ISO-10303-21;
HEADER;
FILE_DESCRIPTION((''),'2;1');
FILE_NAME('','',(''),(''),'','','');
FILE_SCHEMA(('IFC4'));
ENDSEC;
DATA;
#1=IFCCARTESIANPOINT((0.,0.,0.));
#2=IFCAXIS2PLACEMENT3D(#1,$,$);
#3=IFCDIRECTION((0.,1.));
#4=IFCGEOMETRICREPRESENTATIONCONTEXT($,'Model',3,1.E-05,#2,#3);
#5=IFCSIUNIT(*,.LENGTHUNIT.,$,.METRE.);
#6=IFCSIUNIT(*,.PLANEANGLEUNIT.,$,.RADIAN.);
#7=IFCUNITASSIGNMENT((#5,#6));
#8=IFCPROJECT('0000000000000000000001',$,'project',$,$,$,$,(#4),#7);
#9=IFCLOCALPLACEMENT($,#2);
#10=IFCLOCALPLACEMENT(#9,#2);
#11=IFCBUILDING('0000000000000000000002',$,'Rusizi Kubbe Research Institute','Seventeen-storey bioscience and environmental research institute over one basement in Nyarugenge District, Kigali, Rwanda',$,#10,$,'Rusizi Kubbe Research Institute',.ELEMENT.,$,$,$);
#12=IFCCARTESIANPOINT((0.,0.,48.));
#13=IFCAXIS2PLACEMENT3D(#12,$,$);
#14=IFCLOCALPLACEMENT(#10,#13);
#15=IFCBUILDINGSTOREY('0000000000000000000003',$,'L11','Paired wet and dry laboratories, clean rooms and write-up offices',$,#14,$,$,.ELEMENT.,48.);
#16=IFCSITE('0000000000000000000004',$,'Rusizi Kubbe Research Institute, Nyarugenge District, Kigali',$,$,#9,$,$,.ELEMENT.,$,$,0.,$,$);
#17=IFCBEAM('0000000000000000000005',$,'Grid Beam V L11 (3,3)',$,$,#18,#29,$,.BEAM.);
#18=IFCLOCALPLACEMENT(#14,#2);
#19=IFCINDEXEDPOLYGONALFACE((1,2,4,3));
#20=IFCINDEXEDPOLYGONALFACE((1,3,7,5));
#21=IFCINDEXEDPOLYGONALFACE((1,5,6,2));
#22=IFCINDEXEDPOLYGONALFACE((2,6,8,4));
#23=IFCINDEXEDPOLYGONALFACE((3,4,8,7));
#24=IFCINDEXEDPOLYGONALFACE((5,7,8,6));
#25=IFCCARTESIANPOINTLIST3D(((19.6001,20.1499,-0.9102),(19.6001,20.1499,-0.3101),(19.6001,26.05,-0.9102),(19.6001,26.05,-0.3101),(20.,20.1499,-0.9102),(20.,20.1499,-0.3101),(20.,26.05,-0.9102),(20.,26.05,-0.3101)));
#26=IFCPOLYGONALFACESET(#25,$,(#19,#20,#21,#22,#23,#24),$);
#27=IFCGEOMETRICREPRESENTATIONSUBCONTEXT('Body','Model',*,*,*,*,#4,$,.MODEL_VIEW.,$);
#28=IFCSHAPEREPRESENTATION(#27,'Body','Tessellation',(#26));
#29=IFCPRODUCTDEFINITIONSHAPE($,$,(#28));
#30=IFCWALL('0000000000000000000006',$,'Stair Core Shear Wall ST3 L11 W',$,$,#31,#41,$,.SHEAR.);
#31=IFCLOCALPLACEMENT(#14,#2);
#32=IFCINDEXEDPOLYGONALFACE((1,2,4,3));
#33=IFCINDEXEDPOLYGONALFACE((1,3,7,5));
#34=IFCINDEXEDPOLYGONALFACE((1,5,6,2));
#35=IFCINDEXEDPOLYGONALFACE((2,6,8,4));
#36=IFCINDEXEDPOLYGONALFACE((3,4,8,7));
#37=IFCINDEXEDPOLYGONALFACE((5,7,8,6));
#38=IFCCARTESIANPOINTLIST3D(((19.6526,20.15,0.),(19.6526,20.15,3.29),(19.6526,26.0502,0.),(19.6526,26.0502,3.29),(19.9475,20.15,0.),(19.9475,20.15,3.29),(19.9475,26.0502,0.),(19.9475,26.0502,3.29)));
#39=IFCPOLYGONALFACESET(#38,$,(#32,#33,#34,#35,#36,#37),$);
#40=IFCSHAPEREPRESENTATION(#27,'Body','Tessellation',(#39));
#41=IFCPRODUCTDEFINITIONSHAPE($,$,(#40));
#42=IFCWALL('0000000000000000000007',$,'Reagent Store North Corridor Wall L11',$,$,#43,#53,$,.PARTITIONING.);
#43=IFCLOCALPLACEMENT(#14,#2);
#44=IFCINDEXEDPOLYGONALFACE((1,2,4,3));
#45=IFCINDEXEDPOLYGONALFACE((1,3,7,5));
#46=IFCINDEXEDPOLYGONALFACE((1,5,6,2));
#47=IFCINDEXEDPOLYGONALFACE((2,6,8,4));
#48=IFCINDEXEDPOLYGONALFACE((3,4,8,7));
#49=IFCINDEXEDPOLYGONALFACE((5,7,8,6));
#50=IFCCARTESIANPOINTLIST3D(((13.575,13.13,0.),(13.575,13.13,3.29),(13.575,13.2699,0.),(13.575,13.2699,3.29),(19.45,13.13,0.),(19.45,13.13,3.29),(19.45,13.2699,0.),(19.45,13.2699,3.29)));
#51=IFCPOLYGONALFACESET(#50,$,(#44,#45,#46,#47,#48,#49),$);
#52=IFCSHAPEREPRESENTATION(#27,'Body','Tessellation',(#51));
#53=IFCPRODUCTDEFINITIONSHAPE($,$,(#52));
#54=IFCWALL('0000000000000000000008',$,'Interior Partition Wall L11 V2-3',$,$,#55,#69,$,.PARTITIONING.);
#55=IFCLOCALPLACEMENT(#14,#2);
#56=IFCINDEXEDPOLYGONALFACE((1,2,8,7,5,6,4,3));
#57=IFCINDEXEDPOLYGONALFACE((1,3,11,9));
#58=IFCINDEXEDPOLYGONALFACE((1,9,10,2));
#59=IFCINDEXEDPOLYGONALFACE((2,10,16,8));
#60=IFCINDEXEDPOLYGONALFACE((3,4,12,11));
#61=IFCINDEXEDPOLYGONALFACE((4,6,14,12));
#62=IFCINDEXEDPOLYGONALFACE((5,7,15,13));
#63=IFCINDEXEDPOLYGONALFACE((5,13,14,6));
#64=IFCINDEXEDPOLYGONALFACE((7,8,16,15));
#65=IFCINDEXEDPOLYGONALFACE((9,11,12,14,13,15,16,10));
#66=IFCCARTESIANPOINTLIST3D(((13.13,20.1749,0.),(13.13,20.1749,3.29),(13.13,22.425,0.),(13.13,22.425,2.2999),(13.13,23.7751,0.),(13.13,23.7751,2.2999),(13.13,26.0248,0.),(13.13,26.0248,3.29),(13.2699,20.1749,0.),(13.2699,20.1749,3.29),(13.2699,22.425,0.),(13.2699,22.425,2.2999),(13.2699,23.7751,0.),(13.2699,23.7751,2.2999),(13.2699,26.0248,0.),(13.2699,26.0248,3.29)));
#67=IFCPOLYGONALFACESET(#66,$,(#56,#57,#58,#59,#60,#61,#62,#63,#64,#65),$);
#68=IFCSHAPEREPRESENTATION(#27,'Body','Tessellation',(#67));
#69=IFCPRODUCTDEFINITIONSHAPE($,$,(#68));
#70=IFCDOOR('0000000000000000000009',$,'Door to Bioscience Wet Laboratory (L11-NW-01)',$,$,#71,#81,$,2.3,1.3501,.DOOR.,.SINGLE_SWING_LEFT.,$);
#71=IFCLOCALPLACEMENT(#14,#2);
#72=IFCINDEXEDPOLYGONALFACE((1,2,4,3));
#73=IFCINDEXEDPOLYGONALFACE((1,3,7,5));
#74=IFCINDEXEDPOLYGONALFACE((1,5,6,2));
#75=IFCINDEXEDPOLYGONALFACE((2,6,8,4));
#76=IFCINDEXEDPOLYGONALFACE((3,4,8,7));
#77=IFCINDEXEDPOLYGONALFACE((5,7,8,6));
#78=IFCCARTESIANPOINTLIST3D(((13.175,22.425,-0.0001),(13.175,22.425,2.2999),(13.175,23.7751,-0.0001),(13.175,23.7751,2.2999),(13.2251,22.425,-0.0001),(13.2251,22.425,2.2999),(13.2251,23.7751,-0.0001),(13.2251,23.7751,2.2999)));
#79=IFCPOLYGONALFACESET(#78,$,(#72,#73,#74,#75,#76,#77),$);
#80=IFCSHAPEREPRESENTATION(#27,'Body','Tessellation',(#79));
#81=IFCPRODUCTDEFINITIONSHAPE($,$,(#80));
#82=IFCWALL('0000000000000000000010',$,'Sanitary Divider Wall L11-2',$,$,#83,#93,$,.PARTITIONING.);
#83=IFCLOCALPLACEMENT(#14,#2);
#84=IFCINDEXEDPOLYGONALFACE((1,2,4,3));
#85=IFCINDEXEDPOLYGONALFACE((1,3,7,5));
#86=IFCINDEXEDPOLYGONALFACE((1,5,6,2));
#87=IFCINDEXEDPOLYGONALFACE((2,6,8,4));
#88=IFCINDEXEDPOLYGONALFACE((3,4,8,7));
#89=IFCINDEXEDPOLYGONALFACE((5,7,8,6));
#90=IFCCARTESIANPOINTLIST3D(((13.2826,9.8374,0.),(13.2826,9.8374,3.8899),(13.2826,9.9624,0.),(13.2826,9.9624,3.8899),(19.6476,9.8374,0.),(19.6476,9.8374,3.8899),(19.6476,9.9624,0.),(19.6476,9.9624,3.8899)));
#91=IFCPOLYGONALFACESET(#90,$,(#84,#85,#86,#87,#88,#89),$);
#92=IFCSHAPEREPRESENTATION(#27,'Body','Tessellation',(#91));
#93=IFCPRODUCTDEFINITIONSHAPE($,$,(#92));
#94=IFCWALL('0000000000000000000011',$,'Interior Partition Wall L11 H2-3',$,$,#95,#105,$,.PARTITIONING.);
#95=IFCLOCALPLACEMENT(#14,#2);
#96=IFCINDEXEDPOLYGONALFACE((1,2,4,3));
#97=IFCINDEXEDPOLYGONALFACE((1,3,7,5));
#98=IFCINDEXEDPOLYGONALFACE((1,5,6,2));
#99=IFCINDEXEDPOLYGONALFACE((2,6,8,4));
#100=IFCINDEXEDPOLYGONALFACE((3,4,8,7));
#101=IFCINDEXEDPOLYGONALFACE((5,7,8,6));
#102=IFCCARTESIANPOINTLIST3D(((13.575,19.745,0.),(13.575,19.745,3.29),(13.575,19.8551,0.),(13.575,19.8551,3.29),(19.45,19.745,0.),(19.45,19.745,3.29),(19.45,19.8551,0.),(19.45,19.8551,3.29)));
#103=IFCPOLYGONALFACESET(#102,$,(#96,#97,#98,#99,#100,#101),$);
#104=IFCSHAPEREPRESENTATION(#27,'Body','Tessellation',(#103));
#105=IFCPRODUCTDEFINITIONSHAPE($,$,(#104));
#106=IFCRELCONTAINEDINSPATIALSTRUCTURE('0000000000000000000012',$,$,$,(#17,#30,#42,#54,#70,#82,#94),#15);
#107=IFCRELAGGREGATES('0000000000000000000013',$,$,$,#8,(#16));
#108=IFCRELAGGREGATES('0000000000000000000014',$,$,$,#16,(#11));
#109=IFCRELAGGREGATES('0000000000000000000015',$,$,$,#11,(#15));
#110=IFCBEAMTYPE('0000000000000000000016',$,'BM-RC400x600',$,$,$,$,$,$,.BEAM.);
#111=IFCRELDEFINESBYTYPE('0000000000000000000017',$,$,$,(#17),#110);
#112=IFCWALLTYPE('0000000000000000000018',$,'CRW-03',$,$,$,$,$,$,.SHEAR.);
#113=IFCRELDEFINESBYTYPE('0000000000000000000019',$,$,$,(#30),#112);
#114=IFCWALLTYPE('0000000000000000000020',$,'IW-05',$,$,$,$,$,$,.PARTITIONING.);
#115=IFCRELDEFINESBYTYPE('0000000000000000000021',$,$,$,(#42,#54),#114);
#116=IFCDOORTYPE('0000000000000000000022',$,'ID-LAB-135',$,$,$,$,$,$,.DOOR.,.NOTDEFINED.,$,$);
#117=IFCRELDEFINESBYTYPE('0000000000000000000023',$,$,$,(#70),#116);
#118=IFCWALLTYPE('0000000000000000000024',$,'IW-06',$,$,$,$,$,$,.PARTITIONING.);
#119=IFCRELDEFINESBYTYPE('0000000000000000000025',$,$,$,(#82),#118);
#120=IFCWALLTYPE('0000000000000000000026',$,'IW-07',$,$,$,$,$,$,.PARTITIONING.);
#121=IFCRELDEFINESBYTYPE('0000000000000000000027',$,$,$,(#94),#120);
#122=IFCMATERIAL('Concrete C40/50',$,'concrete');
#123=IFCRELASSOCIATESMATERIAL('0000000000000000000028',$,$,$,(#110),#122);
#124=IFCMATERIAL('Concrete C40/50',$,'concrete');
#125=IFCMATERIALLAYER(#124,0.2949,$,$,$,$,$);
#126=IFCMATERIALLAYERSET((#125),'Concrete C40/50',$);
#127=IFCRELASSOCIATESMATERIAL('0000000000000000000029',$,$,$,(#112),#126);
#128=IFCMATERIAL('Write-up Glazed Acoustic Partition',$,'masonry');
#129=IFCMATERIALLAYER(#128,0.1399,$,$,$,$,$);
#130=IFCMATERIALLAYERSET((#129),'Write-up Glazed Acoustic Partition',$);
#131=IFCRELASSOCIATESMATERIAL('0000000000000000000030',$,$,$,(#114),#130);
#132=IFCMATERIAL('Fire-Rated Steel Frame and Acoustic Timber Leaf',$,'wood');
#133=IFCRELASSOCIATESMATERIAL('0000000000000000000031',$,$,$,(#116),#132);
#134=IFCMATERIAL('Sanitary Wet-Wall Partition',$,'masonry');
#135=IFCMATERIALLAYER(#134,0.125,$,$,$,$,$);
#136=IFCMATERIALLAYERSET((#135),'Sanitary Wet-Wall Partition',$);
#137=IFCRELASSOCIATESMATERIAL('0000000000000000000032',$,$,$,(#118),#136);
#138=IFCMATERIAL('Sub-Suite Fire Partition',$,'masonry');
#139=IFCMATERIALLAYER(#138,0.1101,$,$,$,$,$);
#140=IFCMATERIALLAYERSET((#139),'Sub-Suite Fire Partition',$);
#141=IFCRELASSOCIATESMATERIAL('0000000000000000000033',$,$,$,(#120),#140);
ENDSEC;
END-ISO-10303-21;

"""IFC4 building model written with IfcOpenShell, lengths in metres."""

from ifc_helpers import new_model, si_unit, direction, frame, frame_2d, origin, origin_2d, place, context, subcontext, project, spatial, rectangle, extrude, material, layer, layer_set, material_profile, profile_set, type_object, element, fill, save


model = new_model("IFC4")

# Units and contexts
model_context = context("Model", 3, precision=1e-05, world=origin(), true_north=direction((0.0, 1.0)))
body_context = subcontext(model_context, "Body", "Model", "MODEL_VIEW")
ifc_project = project(units=[si_unit("LENGTHUNIT", "METRE"), si_unit("PLANEANGLEUNIT", "RADIAN")], contexts=[model_context])

# Site, building, storey
site_placement = place(None, origin())
site = spatial("IfcSite", under=ifc_project, at=site_placement, Name="Rusizi Kubbe Research Institute, Nyarugenge District, Kigali", CompositionType="ELEMENT", RefElevation=0.0)
building_placement = place(site_placement, origin())
building = spatial("IfcBuilding", under=site, at=building_placement, Name="Rusizi Kubbe Research Institute", Description="Seventeen-storey bioscience and environmental research institute over one basement in Nyarugenge District, Kigali, Rwanda", LongName="Rusizi Kubbe Research Institute", CompositionType="ELEMENT")
storey_placement = place(building_placement, frame((0.0, 0.0, 48.0)))
storey = spatial("IfcBuildingStorey", under=building, at=storey_placement, Name="L11", Description="Paired wet and dry laboratories, clean rooms and write-up offices", CompositionType="ELEMENT", Elevation=48.0)

# Beam
ifc_material_1 = material(Name="Concrete C40/50", Category="concrete")
ifc_material_profile_1 = material_profile(ifc_material_1, rectangle(XDim=0.3999, YDim=0.6001, at=origin_2d()), Name="RC400x600")
ifc_profile_set_1 = profile_set([ifc_material_profile_1], Name="Concrete C40/50")
beam_type = type_object("IfcBeamType", Name="BM-RC400x600", PredefinedType="BEAM", material=ifc_profile_set_1)
beam_1_placement = place(storey_placement, frame((19.8, 20.1499, -0.6101), z_axis=(0.0, 1.0, 0.0), x_axis=(-1.0, 0.0, 0.0)))
element("IfcBeam", 1, at=beam_1_placement, inside=storey, type_object=beam_type, Name="Grid Beam V L11 (3,3)", PredefinedType="BEAM", context=body_context, shape_type="SweptSolid", body=[
    extrude(rectangle(XDim=0.3999, YDim=0.6001, at=origin_2d()), origin(), (0.0, 0.0, 1.0), 5.9001),
])

# Wall
ifc_material_2 = material(Name="Concrete C40/50", Category="concrete")
ifc_layer_1 = layer(ifc_material_2, 0.2949)
ifc_layer_set_1 = layer_set([ifc_layer_1], Name="Concrete C40/50")
wall_type_1 = type_object("IfcWallType", Name="CRW-03", PredefinedType="SHEAR", material=ifc_layer_set_1)
wall_1_placement = place(storey_placement, frame((19.8, 20.1499, 0.0), z_axis=(0.0, 0.0, 1.0), x_axis=(0.0, 1.0, 0.0)))
element("IfcWall", 2, at=wall_1_placement, inside=storey, type_object=wall_type_1, Name="Stair Core Shear Wall ST3 L11 W", PredefinedType="SHEAR", context=body_context, shape_type="SweptSolid", body=[
    extrude(rectangle(XDim=5.9001, YDim=0.2949, at=frame_2d((2.9502, 0.0))), origin(), (0.0, 0.0, 1.0), 3.29),
])

# Wall
ifc_material_3 = material(Name="Write-up Glazed Acoustic Partition", Category="masonry")
ifc_layer_2 = layer(ifc_material_3, 0.1399)
ifc_layer_set_2 = layer_set([ifc_layer_2], Name="Write-up Glazed Acoustic Partition")
wall_type_2 = type_object("IfcWallType", Name="IW-05", PredefinedType="PARTITIONING", material=ifc_layer_set_2)
wall_2_placement = place(storey_placement, frame((13.575, 13.2, 0.0), z_axis=(0.0, 0.0, 1.0), x_axis=(1.0, 0.0, 0.0)))
element("IfcWall", 3, at=wall_2_placement, inside=storey, type_object=wall_type_2, Name="Reagent Store North Corridor Wall L11", PredefinedType="PARTITIONING", context=body_context, shape_type="SweptSolid", body=[
    extrude(rectangle(XDim=5.875, YDim=0.1399, at=frame_2d((2.9375, 0.0))), origin(), (0.0, 0.0, 1.0), 3.29),
])

# Wall, opening, door
wall_3_placement = place(storey_placement, frame((13.2, 20.175, 0.0), z_axis=(0.0, 0.0, 1.0), x_axis=(0.0, 1.0, 0.0)))
wall_3 = element("IfcWall", 4, at=wall_3_placement, inside=storey, type_object=wall_type_2, Name="Interior Partition Wall L11 V2-3", PredefinedType="PARTITIONING", context=body_context, shape_type="SweptSolid", body=[
    extrude(rectangle(XDim=5.8499, YDim=0.1399, at=frame_2d((2.9248, 0.0))), origin(), (0.0, 0.0, 1.0), 3.29),
])
opening_1_placement = place(wall_3_placement, frame((2.25, 0.0, 0.0)))
opening_1 = element("IfcOpeningElement", 5, at=opening_1_placement, cuts=wall_3, PredefinedType="OPENING", context=body_context, shape_type="SweptSolid", body=[
    extrude(rectangle(XDim=1.3501, YDim=2.3, at=frame_2d((0.675, 1.1499))), frame((0.0, 0.0798, 0.0), z_axis=(0.0, -1.0, 0.0), x_axis=(1.0, 0.0, 0.0)), (0.0, 0.0, 1.0), 0.1599),
])
ifc_material_4 = material(Name="Fire-Rated Steel Frame and Acoustic Timber Leaf", Category="wood")
door_type_1 = type_object("IfcDoorType", Name="ID-LAB-135", OperationType="NOTDEFINED", PredefinedType="DOOR", material=ifc_material_4)
door_1_placement = place(opening_1_placement, origin())
door_1 = element("IfcDoor", 6, at=door_1_placement, inside=storey, type_object=door_type_1, Name="Door to Bioscience Wet Laboratory (L11-NW-01)", OperationType="SINGLE_SWING_LEFT", OverallHeight=2.3, OverallWidth=1.3501, PredefinedType="DOOR", context=body_context, shape_type="SweptSolid", body=[
    extrude(rectangle(XDim=1.3501, YDim=2.3, at=frame_2d((0.675, 1.1499))), frame((0.0, 0.0249, 0.0), z_axis=(0.0, -1.0, 0.0), x_axis=(1.0, 0.0, 0.0)), (0.0, 0.0, 1.0), 0.05),
])
fill(opening_1, door_1)

# Walls
ifc_material_5 = material(Name="Sanitary Wet-Wall Partition", Category="masonry")
ifc_layer_3 = layer(ifc_material_5, 0.125)
ifc_layer_set_3 = layer_set([ifc_layer_3], Name="Sanitary Wet-Wall Partition")
wall_type_3 = type_object("IfcWallType", Name="IW-06", PredefinedType="PARTITIONING", material=ifc_layer_set_3)
wall_4_placement = place(storey_placement, frame((13.2825, 9.8999, 0.0), z_axis=(0.0, 0.0, 1.0), x_axis=(1.0, 0.0, 0.0)))
element("IfcWall", 7, at=wall_4_placement, inside=storey, type_object=wall_type_3, Name="Sanitary Divider Wall L11-2", PredefinedType="PARTITIONING", context=body_context, shape_type="SweptSolid", body=[
    extrude(rectangle(XDim=6.365, YDim=0.125, at=frame_2d((3.1826, 0.0))), origin(), (0.0, 0.0, 1.0), 3.8899),
])
ifc_material_6 = material(Name="Sub-Suite Fire Partition", Category="masonry")
ifc_layer_4 = layer(ifc_material_6, 0.1101)
ifc_layer_set_4 = layer_set([ifc_layer_4], Name="Sub-Suite Fire Partition")
wall_type_4 = type_object("IfcWallType", Name="IW-07", PredefinedType="PARTITIONING", material=ifc_layer_set_4)
wall_5_placement = place(storey_placement, frame((13.575, 19.8, 0.0), z_axis=(0.0, 0.0, 1.0), x_axis=(1.0, 0.0, 0.0)))
element("IfcWall", 8, at=wall_5_placement, inside=storey, type_object=wall_type_4, Name="Interior Partition Wall L11 H2-3", PredefinedType="PARTITIONING", context=body_context, shape_type="SweptSolid", body=[
    extrude(rectangle(XDim=5.875, YDim=0.1101, at=frame_2d((2.9375, 0.0))), origin(), (0.0, 0.0, 1.0), 3.29),
])

save(model, "model.ifc")
